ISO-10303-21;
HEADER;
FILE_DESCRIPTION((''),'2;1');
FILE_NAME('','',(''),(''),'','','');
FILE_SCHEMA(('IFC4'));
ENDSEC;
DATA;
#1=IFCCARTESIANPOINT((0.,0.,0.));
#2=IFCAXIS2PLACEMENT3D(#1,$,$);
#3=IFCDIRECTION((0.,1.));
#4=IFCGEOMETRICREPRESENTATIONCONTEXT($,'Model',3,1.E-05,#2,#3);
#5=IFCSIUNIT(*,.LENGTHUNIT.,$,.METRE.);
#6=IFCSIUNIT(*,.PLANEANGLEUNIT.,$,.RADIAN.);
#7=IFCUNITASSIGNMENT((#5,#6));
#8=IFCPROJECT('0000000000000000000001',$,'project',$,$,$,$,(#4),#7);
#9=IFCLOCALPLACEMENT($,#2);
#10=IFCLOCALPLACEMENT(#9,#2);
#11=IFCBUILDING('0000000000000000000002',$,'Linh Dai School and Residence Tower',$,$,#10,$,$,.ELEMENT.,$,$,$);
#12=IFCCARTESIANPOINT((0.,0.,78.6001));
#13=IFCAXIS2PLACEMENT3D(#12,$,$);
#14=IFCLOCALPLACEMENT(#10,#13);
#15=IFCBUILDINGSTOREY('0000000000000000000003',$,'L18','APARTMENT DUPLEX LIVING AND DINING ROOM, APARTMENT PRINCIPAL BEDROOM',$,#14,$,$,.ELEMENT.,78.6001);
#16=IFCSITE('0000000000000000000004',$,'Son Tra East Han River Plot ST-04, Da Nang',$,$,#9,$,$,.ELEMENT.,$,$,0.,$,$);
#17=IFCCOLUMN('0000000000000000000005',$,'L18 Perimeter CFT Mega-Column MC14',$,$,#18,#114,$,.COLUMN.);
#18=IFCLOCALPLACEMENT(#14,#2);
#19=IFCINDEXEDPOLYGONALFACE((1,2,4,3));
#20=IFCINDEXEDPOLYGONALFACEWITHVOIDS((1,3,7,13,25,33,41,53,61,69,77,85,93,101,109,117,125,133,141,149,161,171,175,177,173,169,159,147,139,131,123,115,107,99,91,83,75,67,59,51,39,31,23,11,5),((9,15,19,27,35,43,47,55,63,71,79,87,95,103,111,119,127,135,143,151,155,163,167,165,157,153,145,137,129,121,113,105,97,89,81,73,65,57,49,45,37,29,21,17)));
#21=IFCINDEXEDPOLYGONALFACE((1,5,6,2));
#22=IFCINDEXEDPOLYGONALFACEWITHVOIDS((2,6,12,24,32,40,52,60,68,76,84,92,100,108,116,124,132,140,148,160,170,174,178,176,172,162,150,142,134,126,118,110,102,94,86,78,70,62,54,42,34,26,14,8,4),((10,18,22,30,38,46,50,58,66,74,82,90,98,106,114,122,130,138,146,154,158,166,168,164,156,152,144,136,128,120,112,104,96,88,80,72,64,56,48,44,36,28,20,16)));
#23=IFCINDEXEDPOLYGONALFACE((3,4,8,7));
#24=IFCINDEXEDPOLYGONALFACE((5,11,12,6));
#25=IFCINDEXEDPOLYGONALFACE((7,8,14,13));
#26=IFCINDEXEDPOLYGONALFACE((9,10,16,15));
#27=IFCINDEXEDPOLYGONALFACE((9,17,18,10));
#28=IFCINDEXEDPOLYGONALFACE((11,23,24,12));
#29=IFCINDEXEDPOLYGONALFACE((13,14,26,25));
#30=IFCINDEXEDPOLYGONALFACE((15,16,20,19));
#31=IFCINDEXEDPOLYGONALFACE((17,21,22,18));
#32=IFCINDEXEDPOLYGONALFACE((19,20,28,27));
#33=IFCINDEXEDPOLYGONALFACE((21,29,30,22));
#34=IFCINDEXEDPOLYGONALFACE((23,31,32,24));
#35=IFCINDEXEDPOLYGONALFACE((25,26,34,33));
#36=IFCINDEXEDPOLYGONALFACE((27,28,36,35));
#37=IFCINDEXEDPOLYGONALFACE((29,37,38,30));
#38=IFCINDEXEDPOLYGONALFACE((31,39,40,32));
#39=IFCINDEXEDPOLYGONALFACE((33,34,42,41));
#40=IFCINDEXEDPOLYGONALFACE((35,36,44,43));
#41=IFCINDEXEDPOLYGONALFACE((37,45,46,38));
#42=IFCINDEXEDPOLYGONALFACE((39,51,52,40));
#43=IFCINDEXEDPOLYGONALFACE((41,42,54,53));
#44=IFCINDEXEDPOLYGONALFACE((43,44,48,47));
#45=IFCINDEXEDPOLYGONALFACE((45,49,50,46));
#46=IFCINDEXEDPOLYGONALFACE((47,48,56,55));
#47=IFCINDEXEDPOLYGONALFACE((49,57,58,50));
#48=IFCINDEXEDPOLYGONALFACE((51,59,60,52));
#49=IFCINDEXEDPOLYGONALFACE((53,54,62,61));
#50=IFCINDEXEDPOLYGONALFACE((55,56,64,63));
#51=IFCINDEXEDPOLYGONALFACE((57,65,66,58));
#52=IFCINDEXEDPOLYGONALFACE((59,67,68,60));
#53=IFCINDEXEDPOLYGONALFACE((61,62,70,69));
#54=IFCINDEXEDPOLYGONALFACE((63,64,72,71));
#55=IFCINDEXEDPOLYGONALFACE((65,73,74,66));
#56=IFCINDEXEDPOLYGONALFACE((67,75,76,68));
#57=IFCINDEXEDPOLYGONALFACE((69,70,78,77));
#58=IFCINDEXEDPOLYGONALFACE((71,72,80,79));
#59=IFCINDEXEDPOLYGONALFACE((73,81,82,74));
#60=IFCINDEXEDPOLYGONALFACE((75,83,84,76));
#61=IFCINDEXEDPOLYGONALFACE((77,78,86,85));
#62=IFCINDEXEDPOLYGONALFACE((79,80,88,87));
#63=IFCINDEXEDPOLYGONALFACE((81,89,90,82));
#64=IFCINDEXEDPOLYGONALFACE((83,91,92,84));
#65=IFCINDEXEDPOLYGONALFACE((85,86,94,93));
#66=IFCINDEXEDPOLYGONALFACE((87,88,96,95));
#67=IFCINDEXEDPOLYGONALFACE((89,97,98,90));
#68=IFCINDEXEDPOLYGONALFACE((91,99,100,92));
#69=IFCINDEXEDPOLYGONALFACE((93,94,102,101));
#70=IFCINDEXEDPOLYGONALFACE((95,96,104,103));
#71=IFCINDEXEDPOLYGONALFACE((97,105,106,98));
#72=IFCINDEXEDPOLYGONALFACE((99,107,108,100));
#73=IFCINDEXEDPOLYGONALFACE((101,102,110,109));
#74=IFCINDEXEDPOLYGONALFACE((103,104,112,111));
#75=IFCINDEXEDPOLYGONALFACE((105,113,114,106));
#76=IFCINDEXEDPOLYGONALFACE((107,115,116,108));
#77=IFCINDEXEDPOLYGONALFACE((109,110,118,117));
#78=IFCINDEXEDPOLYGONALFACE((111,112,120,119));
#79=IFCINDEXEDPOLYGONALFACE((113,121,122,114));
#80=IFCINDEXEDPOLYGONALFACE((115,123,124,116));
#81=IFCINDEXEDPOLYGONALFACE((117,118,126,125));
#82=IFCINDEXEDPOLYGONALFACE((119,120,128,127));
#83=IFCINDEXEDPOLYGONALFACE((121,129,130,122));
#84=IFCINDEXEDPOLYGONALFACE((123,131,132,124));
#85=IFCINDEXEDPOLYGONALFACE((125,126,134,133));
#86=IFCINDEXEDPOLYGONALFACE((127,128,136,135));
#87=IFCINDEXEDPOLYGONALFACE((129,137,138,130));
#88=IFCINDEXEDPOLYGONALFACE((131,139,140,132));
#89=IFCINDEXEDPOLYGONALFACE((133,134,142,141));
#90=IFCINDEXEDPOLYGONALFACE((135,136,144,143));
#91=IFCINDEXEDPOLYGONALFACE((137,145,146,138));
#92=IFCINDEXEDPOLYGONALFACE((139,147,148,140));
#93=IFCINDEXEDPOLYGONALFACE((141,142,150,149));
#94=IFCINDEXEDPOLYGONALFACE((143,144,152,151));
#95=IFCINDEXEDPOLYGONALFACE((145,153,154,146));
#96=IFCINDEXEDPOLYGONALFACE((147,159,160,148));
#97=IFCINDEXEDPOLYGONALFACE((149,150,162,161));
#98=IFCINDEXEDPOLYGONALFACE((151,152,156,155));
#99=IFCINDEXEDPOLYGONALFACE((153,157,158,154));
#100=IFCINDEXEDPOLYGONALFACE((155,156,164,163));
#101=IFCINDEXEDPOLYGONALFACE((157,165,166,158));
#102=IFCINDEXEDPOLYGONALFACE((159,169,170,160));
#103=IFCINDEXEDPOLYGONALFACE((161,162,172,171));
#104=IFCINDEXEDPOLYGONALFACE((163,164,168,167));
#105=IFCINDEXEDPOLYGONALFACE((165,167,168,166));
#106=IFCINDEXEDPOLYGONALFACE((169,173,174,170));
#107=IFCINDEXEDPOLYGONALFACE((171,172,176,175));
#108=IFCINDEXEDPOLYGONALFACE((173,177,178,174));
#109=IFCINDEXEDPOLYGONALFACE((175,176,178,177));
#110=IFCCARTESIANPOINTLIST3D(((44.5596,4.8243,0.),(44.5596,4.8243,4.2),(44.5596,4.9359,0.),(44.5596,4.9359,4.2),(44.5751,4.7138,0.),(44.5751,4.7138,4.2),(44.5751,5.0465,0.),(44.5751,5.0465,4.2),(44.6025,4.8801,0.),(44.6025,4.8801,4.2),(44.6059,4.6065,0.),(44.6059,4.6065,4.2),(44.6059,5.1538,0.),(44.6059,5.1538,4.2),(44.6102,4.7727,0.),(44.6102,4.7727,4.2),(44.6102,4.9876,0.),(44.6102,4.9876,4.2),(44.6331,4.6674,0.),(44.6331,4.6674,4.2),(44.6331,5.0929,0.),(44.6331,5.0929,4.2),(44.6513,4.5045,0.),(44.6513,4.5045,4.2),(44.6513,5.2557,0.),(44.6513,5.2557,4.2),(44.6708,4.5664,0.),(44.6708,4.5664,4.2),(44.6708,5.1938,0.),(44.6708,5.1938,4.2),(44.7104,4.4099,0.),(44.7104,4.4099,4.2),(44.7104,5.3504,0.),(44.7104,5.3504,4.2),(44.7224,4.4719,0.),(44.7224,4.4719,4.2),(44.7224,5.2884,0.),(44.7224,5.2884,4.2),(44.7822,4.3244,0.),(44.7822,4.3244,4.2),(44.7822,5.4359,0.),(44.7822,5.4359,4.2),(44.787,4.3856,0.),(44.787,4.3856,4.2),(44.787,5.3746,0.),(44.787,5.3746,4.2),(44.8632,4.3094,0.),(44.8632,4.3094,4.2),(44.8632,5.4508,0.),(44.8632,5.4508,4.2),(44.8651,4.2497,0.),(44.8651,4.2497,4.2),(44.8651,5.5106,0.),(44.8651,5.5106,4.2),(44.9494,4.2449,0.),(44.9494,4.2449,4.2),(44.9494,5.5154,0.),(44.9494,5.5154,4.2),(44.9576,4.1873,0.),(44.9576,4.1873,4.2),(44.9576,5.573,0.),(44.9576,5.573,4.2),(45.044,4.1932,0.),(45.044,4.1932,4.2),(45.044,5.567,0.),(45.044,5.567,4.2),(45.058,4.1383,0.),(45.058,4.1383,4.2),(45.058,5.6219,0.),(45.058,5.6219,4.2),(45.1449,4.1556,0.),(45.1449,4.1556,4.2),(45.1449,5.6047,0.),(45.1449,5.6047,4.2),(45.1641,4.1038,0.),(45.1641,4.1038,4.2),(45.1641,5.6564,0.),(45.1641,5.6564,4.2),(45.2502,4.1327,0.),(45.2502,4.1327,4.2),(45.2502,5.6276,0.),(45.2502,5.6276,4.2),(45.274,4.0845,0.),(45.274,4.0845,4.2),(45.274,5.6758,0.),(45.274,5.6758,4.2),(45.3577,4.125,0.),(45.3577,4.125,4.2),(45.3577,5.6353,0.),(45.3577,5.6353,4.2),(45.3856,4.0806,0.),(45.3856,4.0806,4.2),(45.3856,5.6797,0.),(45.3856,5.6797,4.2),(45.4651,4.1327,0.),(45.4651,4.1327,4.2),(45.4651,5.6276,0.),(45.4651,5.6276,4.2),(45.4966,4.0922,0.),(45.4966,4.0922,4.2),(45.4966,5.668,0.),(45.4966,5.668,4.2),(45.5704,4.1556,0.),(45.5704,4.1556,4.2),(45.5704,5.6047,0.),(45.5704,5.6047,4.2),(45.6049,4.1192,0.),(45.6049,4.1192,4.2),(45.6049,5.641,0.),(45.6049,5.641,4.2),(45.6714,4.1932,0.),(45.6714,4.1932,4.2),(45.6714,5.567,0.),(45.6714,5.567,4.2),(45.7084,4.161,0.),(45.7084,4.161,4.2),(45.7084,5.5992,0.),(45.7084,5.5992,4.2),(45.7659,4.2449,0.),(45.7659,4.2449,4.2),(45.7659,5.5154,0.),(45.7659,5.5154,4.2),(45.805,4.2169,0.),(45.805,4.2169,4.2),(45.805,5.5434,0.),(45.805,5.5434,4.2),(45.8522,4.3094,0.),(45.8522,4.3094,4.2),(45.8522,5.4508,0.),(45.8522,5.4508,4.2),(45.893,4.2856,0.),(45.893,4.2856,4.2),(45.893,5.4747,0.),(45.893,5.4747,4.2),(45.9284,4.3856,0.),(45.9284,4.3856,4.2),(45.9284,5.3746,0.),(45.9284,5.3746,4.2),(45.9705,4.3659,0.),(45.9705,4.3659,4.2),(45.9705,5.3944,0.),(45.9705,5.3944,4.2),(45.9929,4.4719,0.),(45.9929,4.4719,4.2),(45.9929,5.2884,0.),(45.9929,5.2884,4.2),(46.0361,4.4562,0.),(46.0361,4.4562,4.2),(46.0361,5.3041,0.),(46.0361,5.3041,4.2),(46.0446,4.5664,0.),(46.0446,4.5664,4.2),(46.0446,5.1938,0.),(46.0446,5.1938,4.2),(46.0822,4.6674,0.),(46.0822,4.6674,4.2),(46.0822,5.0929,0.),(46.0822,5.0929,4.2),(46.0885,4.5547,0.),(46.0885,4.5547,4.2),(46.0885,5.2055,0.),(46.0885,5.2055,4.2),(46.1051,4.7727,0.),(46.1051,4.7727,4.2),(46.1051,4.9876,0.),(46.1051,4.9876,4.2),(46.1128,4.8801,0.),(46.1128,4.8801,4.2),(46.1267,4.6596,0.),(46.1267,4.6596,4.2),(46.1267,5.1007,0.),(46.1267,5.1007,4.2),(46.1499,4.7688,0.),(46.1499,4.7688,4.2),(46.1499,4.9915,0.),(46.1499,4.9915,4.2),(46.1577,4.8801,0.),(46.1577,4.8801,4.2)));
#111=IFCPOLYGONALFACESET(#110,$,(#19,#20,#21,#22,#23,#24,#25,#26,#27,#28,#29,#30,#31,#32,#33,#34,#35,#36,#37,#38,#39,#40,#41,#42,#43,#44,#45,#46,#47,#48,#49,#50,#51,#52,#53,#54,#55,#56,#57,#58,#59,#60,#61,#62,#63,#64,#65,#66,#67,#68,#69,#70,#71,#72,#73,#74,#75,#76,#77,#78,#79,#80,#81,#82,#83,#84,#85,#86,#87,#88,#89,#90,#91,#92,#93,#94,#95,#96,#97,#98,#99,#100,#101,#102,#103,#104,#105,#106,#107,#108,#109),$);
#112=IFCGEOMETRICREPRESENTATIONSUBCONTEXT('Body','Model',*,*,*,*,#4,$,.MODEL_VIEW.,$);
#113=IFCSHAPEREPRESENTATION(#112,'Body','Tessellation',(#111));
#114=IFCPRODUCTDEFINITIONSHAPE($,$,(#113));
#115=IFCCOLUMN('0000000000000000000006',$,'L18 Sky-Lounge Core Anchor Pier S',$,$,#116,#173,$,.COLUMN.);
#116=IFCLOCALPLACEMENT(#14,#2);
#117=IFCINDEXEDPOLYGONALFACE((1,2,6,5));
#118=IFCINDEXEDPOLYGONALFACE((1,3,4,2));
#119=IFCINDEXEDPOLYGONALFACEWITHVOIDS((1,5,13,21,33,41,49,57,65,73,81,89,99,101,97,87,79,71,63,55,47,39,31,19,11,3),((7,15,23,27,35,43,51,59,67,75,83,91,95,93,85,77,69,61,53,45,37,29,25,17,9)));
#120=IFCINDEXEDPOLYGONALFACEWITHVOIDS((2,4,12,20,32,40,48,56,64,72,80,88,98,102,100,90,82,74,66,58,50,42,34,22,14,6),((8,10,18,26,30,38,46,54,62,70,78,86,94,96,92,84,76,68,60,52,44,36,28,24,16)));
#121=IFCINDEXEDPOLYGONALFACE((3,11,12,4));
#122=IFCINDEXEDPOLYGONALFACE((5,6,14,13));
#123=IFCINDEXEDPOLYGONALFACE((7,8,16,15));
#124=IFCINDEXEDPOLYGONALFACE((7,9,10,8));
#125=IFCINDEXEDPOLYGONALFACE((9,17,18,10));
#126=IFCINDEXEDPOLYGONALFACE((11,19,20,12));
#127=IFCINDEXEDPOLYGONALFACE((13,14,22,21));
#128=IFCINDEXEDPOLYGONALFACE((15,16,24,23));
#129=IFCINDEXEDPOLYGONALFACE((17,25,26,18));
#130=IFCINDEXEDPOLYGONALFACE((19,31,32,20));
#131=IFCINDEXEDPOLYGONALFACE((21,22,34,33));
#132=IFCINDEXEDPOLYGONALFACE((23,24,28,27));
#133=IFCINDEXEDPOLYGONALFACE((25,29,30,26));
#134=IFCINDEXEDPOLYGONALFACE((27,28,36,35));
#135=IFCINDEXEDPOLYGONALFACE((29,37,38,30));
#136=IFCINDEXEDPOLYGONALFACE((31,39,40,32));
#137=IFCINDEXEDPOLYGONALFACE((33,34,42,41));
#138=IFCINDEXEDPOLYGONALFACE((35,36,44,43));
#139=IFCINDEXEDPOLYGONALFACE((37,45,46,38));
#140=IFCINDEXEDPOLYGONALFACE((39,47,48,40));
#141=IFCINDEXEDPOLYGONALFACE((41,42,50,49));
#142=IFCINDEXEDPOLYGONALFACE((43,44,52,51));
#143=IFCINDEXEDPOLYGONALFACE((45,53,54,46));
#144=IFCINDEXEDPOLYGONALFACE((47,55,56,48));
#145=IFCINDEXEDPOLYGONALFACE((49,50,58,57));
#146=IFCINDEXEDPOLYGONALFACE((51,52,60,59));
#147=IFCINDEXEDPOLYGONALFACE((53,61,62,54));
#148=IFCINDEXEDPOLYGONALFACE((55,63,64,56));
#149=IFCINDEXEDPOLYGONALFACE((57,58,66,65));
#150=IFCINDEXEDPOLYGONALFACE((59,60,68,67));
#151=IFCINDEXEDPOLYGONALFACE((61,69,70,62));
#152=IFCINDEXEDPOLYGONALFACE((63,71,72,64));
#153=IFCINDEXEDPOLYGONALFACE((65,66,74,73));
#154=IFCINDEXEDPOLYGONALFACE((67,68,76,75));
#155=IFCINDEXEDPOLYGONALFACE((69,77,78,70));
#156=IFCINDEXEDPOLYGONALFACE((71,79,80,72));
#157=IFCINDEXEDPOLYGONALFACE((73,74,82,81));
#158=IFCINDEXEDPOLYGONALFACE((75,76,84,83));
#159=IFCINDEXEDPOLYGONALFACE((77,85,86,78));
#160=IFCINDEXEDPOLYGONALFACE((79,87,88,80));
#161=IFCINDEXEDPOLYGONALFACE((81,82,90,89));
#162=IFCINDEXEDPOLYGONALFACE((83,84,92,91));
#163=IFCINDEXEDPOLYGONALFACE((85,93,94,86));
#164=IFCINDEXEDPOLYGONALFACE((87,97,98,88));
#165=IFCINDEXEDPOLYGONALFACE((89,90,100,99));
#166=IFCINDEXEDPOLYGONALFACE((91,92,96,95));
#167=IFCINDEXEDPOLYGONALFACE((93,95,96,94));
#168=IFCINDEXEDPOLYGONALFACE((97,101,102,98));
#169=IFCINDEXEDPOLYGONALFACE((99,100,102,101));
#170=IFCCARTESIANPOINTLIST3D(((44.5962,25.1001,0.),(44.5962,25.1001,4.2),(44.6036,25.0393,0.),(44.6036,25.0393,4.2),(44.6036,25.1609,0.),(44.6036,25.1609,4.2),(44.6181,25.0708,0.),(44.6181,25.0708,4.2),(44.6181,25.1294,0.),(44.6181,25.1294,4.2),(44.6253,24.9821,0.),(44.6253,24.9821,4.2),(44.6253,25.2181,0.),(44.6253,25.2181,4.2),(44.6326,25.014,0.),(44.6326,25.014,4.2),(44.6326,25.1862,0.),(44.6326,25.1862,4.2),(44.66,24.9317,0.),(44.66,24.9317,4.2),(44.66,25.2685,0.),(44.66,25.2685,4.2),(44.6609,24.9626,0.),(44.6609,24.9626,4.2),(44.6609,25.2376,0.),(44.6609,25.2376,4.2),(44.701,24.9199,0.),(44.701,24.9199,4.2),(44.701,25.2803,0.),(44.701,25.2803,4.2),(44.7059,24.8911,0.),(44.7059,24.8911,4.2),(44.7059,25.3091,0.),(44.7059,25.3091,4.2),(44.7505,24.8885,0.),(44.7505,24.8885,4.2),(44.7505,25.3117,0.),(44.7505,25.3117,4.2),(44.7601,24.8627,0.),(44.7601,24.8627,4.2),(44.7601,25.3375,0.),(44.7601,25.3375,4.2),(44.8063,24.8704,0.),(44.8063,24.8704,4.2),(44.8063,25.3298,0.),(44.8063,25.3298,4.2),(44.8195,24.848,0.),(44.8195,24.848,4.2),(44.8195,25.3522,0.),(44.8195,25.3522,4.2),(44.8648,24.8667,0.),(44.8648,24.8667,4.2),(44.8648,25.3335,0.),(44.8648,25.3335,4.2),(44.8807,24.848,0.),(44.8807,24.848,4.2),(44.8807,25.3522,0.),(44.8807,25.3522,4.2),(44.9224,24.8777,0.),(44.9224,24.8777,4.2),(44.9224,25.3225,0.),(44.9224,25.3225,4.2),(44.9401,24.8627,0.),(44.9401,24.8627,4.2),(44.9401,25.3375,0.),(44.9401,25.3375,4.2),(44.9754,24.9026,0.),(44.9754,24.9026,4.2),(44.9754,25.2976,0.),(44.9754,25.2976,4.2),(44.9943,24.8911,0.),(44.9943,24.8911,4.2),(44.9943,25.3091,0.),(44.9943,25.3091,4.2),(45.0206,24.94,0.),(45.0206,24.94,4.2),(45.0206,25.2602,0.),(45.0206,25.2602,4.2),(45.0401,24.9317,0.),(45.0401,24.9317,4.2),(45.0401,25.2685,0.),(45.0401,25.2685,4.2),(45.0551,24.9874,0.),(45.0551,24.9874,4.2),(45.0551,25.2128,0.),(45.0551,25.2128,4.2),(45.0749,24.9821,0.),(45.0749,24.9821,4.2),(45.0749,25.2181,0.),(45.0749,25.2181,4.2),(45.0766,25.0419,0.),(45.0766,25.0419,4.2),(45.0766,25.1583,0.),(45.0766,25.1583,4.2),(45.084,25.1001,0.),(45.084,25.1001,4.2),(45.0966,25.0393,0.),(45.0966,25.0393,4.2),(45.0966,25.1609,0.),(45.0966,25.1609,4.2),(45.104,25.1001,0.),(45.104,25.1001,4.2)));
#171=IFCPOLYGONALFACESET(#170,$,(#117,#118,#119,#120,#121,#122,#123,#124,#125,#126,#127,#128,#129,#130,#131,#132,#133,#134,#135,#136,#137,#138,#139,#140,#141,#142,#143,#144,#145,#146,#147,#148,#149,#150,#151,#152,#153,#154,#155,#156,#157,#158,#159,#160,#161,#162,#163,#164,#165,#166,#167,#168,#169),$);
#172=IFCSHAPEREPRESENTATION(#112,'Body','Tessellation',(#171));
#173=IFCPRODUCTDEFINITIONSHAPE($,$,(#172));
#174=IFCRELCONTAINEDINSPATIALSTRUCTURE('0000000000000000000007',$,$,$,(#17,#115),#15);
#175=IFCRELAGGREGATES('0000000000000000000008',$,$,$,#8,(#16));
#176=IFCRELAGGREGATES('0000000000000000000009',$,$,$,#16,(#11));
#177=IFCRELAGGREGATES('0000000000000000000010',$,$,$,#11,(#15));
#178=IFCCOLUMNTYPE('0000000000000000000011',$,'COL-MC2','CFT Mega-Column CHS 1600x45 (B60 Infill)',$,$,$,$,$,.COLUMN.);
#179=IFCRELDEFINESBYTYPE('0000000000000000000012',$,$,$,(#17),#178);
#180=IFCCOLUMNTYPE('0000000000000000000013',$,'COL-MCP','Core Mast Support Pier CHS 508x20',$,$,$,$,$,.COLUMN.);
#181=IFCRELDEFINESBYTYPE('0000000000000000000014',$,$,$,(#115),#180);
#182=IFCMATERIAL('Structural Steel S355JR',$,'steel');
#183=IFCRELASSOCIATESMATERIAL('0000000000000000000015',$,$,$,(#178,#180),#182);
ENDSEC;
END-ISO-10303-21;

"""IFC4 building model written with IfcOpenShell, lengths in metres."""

from ifc_helpers import new_model, si_unit, direction, frame, origin, origin_2d, place, context, subcontext, project, spatial, hollow_circle, extrude, material, material_profile, profile_set, type_object, element, save


model = new_model("IFC4")

# Units and contexts
model_context = context("Model", 3, precision=1e-05, world=origin(), true_north=direction((0.0, 1.0)))
body_context = subcontext(model_context, "Body", "Model", "MODEL_VIEW")
ifc_project = project(units=[si_unit("LENGTHUNIT", "METRE"), si_unit("PLANEANGLEUNIT", "RADIAN")], contexts=[model_context])

# Site, building, storey
site_placement = place(None, origin())
site = spatial("IfcSite", under=ifc_project, at=site_placement, Name="Son Tra East Han River Plot ST-04, Da Nang", CompositionType="ELEMENT", RefElevation=0.0)
building_placement = place(site_placement, origin())
building = spatial("IfcBuilding", under=site, at=building_placement, Name="Linh Dai School and Residence Tower", CompositionType="ELEMENT")
storey_placement = place(building_placement, frame((0.0, 0.0, 78.6001)))
storey = spatial("IfcBuildingStorey", under=building, at=storey_placement, Name="L18", Description="APARTMENT DUPLEX LIVING AND DINING ROOM, APARTMENT PRINCIPAL BEDROOM", CompositionType="ELEMENT", Elevation=78.6001)

# Columns
ifc_material_1 = material(Name="Structural Steel S355JR", Category="steel")
ifc_material_profile_1 = material_profile(ifc_material_1, hollow_circle(Radius=0.8, WallThickness=0.0449, at=origin_2d()), Name="CHS 1600x45")
ifc_profile_set_1 = profile_set([ifc_material_profile_1], Name="Structural Steel S355JR")
column_type_1 = type_object("IfcColumnType", Name="COL-MC2", Description="CFT Mega-Column CHS 1600x45 (B60 Infill)", PredefinedType="COLUMN", material=ifc_profile_set_1)
column_1_placement = place(storey_placement, frame((45.3577, 4.8801, 0.0), z_axis=(0.0, 0.0, 1.0), x_axis=(1.0, 0.0, 0.0)))
element("IfcColumn", 1, at=column_1_placement, inside=storey, type_object=column_type_1, Name="L18 Perimeter CFT Mega-Column MC14", PredefinedType="COLUMN", context=body_context, shape_type="SweptSolid", body=[
    extrude(hollow_circle(Radius=0.8, WallThickness=0.0449, at=origin_2d()), origin(), (0.0, 0.0, 1.0), 4.2),
])
ifc_material_profile_2 = material_profile(ifc_material_1, hollow_circle(Radius=0.2539, WallThickness=0.02, at=origin_2d()), Name="CHS 508x20")
ifc_profile_set_2 = profile_set([ifc_material_profile_2], Name="Structural Steel S355JR")
column_type_2 = type_object("IfcColumnType", Name="COL-MCP", Description="Core Mast Support Pier CHS 508x20", PredefinedType="COLUMN", material=ifc_profile_set_2)
column_2_placement = place(storey_placement, frame((44.8501, 25.1001, 0.0), z_axis=(0.0, 0.0, 1.0), x_axis=(1.0, 0.0, 0.0)))
element("IfcColumn", 2, at=column_2_placement, inside=storey, type_object=column_type_2, Name="L18 Sky-Lounge Core Anchor Pier S", PredefinedType="COLUMN", context=body_context, shape_type="SweptSolid", body=[
    extrude(hollow_circle(Radius=0.2539, WallThickness=0.02, at=origin_2d()), origin(), (0.0, 0.0, 1.0), 4.2),
])

save(model, "model.ifc")
